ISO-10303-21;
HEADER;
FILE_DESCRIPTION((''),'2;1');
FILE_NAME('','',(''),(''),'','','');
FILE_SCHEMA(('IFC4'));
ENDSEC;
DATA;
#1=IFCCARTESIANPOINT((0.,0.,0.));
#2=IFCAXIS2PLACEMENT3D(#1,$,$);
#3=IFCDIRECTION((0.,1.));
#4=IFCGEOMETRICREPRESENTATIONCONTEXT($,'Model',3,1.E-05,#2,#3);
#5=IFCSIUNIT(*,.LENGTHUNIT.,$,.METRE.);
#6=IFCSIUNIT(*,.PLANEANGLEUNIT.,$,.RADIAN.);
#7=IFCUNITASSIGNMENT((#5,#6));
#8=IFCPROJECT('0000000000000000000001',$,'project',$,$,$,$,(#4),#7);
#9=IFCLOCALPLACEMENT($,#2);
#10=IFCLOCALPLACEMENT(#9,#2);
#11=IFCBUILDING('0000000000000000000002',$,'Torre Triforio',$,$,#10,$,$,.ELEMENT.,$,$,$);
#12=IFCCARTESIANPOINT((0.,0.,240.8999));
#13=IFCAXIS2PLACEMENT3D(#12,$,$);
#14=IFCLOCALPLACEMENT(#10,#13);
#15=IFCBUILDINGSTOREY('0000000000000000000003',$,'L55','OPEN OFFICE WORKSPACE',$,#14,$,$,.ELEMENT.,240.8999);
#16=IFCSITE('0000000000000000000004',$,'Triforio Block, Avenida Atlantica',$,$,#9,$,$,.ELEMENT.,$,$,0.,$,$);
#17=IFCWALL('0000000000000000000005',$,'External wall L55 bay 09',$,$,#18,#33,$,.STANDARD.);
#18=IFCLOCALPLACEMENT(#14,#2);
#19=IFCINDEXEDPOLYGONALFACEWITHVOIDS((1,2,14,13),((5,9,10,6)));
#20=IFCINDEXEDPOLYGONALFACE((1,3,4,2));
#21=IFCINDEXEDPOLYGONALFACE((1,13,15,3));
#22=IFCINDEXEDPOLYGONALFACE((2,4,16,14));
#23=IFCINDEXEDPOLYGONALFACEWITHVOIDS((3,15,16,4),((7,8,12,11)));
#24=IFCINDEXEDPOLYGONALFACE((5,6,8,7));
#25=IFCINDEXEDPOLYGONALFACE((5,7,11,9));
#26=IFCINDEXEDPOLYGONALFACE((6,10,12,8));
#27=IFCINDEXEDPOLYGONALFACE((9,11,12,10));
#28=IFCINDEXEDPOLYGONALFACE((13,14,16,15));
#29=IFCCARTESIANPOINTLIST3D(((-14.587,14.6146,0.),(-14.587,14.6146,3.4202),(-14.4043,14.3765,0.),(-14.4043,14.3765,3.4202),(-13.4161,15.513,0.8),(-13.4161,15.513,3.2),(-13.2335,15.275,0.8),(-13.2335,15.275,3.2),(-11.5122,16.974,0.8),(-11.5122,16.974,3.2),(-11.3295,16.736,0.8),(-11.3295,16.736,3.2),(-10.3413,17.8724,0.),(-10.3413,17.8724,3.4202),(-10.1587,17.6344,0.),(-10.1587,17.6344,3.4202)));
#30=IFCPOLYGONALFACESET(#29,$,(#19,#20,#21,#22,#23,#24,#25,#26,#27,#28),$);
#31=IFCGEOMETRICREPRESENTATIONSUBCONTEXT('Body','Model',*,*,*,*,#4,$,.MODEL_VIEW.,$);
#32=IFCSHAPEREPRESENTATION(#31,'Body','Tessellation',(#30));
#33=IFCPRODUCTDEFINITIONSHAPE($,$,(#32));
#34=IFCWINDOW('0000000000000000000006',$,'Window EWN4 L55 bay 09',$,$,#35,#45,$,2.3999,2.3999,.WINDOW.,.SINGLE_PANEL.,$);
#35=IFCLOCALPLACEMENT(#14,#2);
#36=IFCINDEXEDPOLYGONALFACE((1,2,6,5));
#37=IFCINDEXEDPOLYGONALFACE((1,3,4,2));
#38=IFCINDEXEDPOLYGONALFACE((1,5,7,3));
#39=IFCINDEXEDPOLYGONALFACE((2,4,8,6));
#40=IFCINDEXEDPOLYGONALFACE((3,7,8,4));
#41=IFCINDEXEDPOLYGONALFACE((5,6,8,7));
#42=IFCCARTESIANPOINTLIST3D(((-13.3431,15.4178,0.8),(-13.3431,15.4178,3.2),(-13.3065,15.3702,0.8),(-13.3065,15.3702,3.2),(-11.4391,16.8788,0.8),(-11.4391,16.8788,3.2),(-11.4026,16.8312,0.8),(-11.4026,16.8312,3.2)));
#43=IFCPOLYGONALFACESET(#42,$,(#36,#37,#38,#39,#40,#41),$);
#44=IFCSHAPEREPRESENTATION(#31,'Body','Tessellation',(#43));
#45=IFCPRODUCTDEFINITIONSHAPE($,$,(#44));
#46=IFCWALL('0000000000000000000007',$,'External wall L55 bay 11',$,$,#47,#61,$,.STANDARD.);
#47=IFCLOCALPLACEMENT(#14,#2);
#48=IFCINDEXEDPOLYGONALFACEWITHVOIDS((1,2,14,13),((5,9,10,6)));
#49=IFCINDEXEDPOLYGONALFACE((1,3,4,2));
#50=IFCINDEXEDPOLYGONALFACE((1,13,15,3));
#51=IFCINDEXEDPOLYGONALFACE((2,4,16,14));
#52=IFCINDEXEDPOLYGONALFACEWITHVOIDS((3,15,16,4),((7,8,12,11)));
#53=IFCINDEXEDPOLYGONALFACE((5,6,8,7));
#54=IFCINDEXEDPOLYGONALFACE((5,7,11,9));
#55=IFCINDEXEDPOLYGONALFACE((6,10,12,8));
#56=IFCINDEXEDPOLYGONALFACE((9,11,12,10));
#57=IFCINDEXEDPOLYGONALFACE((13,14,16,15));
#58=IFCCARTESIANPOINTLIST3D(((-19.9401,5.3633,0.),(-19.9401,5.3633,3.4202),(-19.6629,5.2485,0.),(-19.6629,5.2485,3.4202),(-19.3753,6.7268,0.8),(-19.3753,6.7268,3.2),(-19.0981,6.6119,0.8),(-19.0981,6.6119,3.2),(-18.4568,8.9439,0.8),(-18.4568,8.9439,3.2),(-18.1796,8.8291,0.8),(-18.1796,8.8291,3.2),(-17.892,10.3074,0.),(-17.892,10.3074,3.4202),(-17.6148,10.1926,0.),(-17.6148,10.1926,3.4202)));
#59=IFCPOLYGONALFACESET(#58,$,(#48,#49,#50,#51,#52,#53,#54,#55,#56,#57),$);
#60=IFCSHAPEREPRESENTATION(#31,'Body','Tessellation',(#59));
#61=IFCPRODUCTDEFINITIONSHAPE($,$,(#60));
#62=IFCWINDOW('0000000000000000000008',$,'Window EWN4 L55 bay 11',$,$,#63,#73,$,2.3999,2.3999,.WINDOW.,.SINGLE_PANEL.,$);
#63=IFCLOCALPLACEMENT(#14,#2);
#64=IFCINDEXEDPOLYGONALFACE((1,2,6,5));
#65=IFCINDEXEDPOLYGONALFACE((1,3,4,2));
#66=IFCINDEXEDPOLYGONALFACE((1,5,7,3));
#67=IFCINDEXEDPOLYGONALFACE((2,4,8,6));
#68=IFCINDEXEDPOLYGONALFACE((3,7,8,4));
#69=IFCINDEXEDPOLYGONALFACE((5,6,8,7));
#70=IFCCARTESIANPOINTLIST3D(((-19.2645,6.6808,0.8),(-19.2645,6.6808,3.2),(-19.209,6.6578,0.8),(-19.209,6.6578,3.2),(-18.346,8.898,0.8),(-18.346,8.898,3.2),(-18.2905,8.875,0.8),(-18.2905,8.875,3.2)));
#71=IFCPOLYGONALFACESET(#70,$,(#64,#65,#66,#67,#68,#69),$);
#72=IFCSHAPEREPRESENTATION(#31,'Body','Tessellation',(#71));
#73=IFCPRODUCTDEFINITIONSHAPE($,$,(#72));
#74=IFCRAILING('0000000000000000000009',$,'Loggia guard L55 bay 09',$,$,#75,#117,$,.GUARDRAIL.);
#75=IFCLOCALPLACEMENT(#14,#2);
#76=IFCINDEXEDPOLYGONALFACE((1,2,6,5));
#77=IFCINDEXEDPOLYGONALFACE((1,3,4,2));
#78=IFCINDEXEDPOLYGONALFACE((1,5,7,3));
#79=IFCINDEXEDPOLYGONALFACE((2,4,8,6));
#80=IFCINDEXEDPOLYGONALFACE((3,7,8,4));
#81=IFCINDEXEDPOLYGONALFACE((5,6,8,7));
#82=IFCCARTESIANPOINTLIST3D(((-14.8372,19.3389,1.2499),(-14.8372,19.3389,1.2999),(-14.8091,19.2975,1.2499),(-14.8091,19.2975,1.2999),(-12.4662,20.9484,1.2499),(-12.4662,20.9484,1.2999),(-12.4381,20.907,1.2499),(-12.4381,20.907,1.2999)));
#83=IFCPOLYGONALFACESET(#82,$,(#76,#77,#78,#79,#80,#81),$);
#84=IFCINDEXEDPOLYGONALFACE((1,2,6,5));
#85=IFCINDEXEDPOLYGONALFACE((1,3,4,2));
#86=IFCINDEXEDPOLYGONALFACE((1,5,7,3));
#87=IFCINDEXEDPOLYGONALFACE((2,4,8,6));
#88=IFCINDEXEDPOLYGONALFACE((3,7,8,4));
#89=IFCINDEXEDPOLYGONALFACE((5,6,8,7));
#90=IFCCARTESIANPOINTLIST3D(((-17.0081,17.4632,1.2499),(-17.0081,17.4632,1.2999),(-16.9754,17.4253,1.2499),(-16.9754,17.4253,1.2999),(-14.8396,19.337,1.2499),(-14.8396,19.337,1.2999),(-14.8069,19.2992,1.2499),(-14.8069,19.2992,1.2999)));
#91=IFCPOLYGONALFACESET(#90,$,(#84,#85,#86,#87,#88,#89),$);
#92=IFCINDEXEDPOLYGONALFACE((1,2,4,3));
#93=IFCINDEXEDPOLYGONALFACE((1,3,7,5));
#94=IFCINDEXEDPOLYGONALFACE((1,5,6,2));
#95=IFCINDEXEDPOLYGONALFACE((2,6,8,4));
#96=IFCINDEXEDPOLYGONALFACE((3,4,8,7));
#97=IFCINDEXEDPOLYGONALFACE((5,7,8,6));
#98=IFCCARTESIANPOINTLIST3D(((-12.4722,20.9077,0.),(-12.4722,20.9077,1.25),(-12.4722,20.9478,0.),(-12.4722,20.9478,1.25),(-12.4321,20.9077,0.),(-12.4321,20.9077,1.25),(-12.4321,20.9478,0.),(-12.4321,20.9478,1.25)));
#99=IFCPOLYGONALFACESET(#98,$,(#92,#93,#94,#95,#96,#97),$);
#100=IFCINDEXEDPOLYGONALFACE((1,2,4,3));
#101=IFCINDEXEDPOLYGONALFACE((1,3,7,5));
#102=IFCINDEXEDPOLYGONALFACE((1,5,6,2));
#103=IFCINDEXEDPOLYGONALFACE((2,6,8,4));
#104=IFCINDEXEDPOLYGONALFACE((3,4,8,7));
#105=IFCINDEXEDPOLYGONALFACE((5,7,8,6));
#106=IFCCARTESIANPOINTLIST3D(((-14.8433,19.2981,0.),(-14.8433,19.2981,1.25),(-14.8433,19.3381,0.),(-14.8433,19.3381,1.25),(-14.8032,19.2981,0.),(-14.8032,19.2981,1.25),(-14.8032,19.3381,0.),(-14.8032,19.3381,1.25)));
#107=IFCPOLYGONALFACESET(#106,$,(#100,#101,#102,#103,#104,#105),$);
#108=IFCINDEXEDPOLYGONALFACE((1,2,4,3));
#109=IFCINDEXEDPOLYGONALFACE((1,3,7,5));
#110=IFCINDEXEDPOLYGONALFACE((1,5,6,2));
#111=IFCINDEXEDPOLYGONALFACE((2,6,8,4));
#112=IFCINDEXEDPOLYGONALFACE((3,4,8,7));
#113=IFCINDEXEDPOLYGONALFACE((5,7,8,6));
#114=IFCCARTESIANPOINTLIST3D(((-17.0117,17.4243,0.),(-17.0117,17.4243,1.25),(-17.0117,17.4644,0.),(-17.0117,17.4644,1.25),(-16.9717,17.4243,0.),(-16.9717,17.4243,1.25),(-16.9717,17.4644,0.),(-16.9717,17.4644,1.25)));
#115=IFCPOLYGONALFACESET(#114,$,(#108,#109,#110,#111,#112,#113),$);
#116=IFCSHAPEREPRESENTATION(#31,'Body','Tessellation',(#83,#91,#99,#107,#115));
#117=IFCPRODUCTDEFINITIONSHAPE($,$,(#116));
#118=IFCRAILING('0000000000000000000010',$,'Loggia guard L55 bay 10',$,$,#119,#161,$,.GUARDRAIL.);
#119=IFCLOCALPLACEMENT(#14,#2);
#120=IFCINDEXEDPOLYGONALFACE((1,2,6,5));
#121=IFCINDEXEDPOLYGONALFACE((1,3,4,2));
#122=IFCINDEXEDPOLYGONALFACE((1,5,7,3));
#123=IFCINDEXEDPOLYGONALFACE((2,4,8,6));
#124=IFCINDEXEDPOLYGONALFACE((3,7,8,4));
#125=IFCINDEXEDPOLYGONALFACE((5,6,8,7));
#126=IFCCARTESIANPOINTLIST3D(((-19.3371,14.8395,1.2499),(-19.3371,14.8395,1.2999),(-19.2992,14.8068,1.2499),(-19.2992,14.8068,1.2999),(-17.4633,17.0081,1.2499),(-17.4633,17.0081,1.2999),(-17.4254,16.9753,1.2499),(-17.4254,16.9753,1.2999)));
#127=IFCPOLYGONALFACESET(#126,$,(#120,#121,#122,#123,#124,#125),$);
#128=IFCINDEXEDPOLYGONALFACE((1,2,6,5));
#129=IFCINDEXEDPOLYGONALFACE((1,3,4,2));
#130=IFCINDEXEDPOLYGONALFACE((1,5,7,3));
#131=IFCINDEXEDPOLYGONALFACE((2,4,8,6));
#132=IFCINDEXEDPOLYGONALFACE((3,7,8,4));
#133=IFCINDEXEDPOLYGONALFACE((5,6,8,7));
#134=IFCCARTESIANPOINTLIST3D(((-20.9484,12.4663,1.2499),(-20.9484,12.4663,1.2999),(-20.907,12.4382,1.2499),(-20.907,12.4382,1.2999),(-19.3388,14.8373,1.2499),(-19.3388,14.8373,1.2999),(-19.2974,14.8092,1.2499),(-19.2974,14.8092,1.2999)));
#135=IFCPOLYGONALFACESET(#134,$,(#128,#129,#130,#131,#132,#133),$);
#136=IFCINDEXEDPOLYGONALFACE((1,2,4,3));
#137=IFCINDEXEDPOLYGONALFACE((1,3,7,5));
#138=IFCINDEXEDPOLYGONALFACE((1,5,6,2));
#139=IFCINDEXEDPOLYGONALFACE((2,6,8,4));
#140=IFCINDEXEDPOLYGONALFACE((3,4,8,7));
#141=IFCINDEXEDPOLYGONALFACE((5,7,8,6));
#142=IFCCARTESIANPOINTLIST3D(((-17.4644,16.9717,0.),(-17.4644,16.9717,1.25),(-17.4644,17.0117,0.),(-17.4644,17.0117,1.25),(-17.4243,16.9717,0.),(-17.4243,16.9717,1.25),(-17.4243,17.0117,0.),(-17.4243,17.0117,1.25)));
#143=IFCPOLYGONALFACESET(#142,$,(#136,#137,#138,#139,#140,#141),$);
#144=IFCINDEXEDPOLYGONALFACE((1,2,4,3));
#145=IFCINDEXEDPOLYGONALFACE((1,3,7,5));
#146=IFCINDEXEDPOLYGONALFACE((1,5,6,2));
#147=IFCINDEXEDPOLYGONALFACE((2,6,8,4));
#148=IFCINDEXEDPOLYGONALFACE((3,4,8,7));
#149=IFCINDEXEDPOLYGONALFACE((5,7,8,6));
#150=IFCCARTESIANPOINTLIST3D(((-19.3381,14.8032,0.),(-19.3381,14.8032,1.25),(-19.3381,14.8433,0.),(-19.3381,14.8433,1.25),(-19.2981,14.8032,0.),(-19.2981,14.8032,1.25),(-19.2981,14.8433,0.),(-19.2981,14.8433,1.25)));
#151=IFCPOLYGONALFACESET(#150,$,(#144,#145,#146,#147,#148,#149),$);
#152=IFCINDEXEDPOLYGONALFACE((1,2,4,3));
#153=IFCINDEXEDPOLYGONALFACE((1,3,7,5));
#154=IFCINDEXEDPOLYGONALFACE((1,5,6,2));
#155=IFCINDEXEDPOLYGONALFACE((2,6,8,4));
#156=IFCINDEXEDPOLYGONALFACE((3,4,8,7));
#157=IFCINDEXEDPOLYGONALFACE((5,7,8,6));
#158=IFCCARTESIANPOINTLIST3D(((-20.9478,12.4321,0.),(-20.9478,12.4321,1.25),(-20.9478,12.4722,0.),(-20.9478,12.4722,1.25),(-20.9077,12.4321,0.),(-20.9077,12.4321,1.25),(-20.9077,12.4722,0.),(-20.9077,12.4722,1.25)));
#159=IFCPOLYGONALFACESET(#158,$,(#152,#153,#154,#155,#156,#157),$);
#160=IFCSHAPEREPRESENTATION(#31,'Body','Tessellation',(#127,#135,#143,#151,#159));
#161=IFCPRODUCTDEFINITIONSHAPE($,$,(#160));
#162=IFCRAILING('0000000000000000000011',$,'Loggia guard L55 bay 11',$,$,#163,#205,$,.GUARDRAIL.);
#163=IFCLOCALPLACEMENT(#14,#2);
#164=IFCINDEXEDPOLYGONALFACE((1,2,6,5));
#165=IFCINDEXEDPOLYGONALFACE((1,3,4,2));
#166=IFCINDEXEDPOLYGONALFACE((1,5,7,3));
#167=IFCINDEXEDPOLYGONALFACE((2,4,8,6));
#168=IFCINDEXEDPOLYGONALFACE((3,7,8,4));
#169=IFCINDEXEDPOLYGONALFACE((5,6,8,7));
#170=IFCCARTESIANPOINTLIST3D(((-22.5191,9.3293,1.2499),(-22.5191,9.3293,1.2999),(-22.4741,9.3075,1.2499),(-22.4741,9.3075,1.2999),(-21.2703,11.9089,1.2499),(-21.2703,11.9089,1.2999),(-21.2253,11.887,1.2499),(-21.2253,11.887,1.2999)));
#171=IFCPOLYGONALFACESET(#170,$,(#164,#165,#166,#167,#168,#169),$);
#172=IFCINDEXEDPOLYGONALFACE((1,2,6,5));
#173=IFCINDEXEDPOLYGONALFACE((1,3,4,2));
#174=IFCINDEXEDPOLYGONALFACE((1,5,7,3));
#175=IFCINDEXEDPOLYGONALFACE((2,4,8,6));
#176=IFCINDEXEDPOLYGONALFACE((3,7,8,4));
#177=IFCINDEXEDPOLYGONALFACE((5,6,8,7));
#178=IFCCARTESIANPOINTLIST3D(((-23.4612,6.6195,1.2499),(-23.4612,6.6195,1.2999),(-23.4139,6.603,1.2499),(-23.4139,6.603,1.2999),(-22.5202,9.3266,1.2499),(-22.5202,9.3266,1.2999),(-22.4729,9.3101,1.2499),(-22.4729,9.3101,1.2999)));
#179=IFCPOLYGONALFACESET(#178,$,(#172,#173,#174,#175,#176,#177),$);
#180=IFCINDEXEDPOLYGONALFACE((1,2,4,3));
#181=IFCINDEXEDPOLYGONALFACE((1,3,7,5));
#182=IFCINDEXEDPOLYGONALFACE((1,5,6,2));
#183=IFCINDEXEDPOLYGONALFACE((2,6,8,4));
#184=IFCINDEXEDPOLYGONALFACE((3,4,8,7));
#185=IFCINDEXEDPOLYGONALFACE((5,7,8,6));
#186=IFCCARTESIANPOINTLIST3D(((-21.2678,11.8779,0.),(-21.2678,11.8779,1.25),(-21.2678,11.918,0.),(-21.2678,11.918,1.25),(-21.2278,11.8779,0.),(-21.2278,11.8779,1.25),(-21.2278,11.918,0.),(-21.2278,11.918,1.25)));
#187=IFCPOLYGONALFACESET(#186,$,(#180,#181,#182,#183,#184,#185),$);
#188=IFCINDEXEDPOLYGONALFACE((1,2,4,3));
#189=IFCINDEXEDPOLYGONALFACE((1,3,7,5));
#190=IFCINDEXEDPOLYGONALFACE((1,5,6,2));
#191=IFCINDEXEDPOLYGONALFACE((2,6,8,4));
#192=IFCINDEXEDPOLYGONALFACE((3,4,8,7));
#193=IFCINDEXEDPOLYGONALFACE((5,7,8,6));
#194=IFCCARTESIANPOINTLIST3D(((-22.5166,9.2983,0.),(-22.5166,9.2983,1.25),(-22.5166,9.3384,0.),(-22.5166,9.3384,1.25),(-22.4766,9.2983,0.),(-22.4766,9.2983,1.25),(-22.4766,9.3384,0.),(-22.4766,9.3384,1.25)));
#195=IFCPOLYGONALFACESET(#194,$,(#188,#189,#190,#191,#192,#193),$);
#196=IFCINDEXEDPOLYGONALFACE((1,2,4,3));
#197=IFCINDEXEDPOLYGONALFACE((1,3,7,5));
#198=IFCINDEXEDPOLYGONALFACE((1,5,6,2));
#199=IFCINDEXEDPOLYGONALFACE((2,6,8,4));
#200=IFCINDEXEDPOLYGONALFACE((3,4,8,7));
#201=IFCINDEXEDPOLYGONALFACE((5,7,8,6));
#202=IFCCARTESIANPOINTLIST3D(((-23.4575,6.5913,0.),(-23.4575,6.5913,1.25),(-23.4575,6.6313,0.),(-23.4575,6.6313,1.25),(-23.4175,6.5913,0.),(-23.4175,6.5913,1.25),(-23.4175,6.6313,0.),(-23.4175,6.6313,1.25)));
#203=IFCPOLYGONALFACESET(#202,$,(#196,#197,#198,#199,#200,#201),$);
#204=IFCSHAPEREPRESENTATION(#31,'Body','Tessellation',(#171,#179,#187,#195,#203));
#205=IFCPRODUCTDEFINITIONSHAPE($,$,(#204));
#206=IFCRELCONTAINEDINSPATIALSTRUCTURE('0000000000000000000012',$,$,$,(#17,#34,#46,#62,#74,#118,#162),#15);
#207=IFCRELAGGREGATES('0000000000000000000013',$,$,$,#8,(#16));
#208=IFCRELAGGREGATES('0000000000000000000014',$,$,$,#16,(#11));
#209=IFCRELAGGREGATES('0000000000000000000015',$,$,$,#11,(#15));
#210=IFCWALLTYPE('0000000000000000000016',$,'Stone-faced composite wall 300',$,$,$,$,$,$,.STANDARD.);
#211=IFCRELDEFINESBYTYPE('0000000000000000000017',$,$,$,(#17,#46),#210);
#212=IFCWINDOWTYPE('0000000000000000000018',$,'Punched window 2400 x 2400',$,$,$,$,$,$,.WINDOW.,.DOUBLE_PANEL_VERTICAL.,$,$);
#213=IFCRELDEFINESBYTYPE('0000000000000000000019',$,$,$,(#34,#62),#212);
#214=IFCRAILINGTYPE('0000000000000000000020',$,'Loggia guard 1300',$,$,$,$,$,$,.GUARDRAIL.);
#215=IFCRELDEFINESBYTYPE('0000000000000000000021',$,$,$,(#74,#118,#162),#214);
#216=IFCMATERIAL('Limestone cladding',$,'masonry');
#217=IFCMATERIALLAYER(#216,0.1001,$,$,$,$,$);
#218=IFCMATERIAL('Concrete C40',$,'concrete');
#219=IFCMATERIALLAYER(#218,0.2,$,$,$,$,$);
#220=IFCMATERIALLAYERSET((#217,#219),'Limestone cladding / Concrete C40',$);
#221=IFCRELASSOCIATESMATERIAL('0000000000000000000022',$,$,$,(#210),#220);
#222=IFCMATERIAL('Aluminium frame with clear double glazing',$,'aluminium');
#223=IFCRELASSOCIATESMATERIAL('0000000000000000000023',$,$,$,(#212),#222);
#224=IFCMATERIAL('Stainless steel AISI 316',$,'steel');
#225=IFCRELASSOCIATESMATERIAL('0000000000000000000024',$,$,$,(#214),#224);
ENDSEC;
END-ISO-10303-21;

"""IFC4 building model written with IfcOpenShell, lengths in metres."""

from ifc_helpers import new_model, si_unit, direction, frame, frame_2d, origin, origin_2d, place, context, subcontext, project, spatial, rectangle, extrude, material, layer, layer_set, type_object, element, fill, save


model = new_model("IFC4")

# Units and contexts
model_context = context("Model", 3, precision=1e-05, world=origin(), true_north=direction((0.0, 1.0)))
body_context = subcontext(model_context, "Body", "Model", "MODEL_VIEW")
ifc_project = project(units=[si_unit("LENGTHUNIT", "METRE"), si_unit("PLANEANGLEUNIT", "RADIAN")], contexts=[model_context])

# Site, building, storey
site_placement = place(None, origin())
site = spatial("IfcSite", under=ifc_project, at=site_placement, Name="Triforio Block, Avenida Atlantica", CompositionType="ELEMENT", RefElevation=0.0)
building_placement = place(site_placement, origin())
building = spatial("IfcBuilding", under=site, at=building_placement, Name="Torre Triforio", CompositionType="ELEMENT")
storey_placement = place(building_placement, frame((0.0, 0.0, 240.8999)))
storey = spatial("IfcBuildingStorey", under=building, at=storey_placement, Name="L55", Description="OPEN OFFICE WORKSPACE", CompositionType="ELEMENT", Elevation=240.8999)

# Shared definitions
ifc_material_1 = material(Name="Concrete C40", Category="concrete")

# Shared definitions
ifc_material_2 = material(Name="Limestone cladding", Category="masonry")

# Wall, opening, window
ifc_layer_1 = layer(ifc_material_2, 0.1001)
ifc_layer_2 = layer(ifc_material_1, 0.2)
ifc_layer_set_1 = layer_set([ifc_layer_1, ifc_layer_2], Name="Limestone cladding / Concrete C40")
wall_type_1 = type_object("IfcWallType", Name="Stone-faced composite wall 300", PredefinedType="STANDARD", material=ifc_layer_set_1)
wall_1_placement = place(storey_placement, frame((-10.25, 17.7534, 0.0), z_axis=(0.0, 0.0, 1.0), x_axis=(-0.793349, -0.608767, 0.0)))
wall_1 = element("IfcWall", 1, at=wall_1_placement, inside=storey, type_object=wall_type_1, Name="External wall L55 bay 09", PredefinedType="STANDARD", context=body_context, shape_type="SweptSolid", body=[
    extrude(rectangle(XDim=5.3516, YDim=0.3, at=frame_2d((2.6758, 0.0))), origin(), (0.0, 0.0, 1.0), 3.4202),
])
opening_1_placement = place(wall_1_placement, frame((1.4758, 0.0, 0.8)))
opening_1 = element("IfcOpeningElement", 2, at=opening_1_placement, cuts=wall_1, PredefinedType="OPENING", context=body_context, shape_type="SweptSolid", body=[
    extrude(rectangle(XDim=2.3999, YDim=2.3999, at=frame_2d((1.2, 1.2))), frame((0.0, 0.1599, 0.0), z_axis=(0.0, -1.0, 0.0), x_axis=(1.0, 0.0, 0.0)), (0.0, 0.0, 1.0), 0.3201),
])
ifc_material_3 = material(Name="Aluminium frame with clear double glazing", Category="aluminium")
window_type_1 = type_object("IfcWindowType", Name="Punched window 2400 x 2400", PartitioningType="DOUBLE_PANEL_VERTICAL", PredefinedType="WINDOW", material=ifc_material_3)
window_1_placement = place(opening_1_placement, origin())
window_1 = element("IfcWindow", 3, at=window_1_placement, inside=storey, type_object=window_type_1, Name="Window EWN4 L55 bay 09", OverallHeight=2.3999, OverallWidth=2.3999, PartitioningType="SINGLE_PANEL", PredefinedType="WINDOW", context=body_context, shape_type="SweptSolid", body=[
    extrude(rectangle(XDim=2.3999, YDim=2.3999, at=frame_2d((1.2, 1.2))), frame((0.0, 0.03, 0.0), z_axis=(0.0, -1.0, 0.0), x_axis=(1.0, 0.0, 0.0)), (0.0, 0.0, 1.0), 0.0601),
])
fill(opening_1, window_1)

# Wall, opening, window
wall_2_placement = place(storey_placement, frame((-17.7534, 10.25, 0.0), z_axis=(0.0, 0.0, 1.0), x_axis=(-0.382713, -0.923867, 0.0)))
wall_2 = element("IfcWall", 4, at=wall_2_placement, inside=storey, type_object=wall_type_1, Name="External wall L55 bay 11", PredefinedType="STANDARD", context=body_context, shape_type="SweptSolid", body=[
    extrude(rectangle(XDim=5.3516, YDim=0.3, at=frame_2d((2.6758, 0.0))), origin(), (0.0, 0.0, 1.0), 3.4202),
])
opening_2_placement = place(wall_2_placement, frame((1.4758, 0.0, 0.8)))
opening_2 = element("IfcOpeningElement", 5, at=opening_2_placement, cuts=wall_2, PredefinedType="OPENING", context=body_context, shape_type="SweptSolid", body=[
    extrude(rectangle(XDim=2.3999, YDim=2.3999, at=frame_2d((1.2, 1.2))), frame((0.0, 0.1599, 0.0), z_axis=(0.0, -1.0, 0.0), x_axis=(1.0, 0.0, 0.0)), (0.0, 0.0, 1.0), 0.3201),
])
window_2_placement = place(opening_2_placement, origin())
window_2 = element("IfcWindow", 6, at=window_2_placement, inside=storey, type_object=window_type_1, Name="Window EWN4 L55 bay 11", OverallHeight=2.3999, OverallWidth=2.3999, PartitioningType="SINGLE_PANEL", PredefinedType="WINDOW", context=body_context, shape_type="SweptSolid", body=[
    extrude(rectangle(XDim=2.3999, YDim=2.3999, at=frame_2d((1.2, 1.2))), frame((0.0, 0.03, 0.0), z_axis=(0.0, -1.0, 0.0), x_axis=(1.0, 0.0, 0.0)), (0.0, 0.0, 1.0), 0.0601),
])
fill(opening_2, window_2)

# Railings
ifc_material_4 = material(Name="Stainless steel AISI 316", Category="steel")
railing_type = type_object("IfcRailingType", Name="Loggia guard 1300", PredefinedType="GUARDRAIL", material=ifc_material_4)
railing_1_placement = place(storey_placement, frame((-12.4521, 20.9277, 0.0)))
element("IfcRailing", 7, at=railing_1_placement, inside=storey, type_object=railing_type, Name="Loggia guard L55 bay 09", PredefinedType="GUARDRAIL", context=body_context, shape_type="SweptSolid", body=[
    extrude(rectangle(XDim=0.05, YDim=0.05, at=origin_2d()), frame((0.0, 0.0, 1.2749), z_axis=(-0.827368, -0.56166, 0.0), x_axis=(0.56166, -0.827368, 0.0)), (0.0, 0.0, 1.0), 2.8657),
    extrude(rectangle(XDim=0.05, YDim=0.05, at=origin_2d()), frame((-2.3711, -1.6096, 1.2749), z_axis=(-0.756647, -0.653824, 0.0), x_axis=(0.653824, -0.756647, 0.0)), (0.0, 0.0, 1.0), 2.866),
    extrude(rectangle(XDim=0.04, YDim=0.04, at=origin_2d()), origin(), (0.0, 0.0, 1.0), 1.25),
    extrude(rectangle(XDim=0.04, YDim=0.04, at=origin_2d()), frame((-2.3711, -1.6096, 0.0)), (0.0, 0.0, 1.0), 1.25),
    extrude(rectangle(XDim=0.04, YDim=0.04, at=origin_2d()), frame((-4.5396, -3.4834, 0.0)), (0.0, 0.0, 1.0), 1.25),
])
railing_2_placement = place(storey_placement, frame((-17.4443, 16.9917, 0.0)))
element("IfcRailing", 8, at=railing_2_placement, inside=storey, type_object=railing_type, Name="Loggia guard L55 bay 10", PredefinedType="GUARDRAIL", context=body_context, shape_type="SweptSolid", body=[
    extrude(rectangle(XDim=0.05, YDim=0.05, at=origin_2d()), frame((0.0, 0.0, 1.2749), z_axis=(-0.653824, -0.756647, 0.0), x_axis=(0.756647, -0.653824, 0.0)), (0.0, 0.0, 1.0), 2.866),
    extrude(rectangle(XDim=0.05, YDim=0.05, at=origin_2d()), frame((-1.8738, -2.1685, 1.2749), z_axis=(-0.56166, -0.827368, 0.0), x_axis=(0.827368, -0.56166, 0.0)), (0.0, 0.0, 1.0), 2.8657),
    extrude(rectangle(XDim=0.04, YDim=0.04, at=origin_2d()), origin(), (0.0, 0.0, 1.0), 1.25),
    extrude(rectangle(XDim=0.04, YDim=0.04, at=origin_2d()), frame((-1.8738, -2.1685, 0.0)), (0.0, 0.0, 1.0), 1.25),
    extrude(rectangle(XDim=0.04, YDim=0.04, at=origin_2d()), frame((-3.4834, -4.5396, 0.0)), (0.0, 0.0, 1.0), 1.25),
])
railing_3_placement = place(storey_placement, frame((-21.2478, 11.8979, 0.0)))
element("IfcRailing", 9, at=railing_3_placement, inside=storey, type_object=railing_type, Name="Loggia guard L55 bay 11", PredefinedType="GUARDRAIL", context=body_context, shape_type="SweptSolid", body=[
    extrude(rectangle(XDim=0.05, YDim=0.05, at=origin_2d()), frame((0.0, 0.0, 1.2749), z_axis=(-0.435728, -0.900078, 0.0), x_axis=(0.900078, -0.435728, 0.0)), (0.0, 0.0, 1.0), 2.866),
    extrude(rectangle(XDim=0.05, YDim=0.05, at=origin_2d()), frame((-1.2488, -2.5796, 1.2749), z_axis=(-0.328316, -0.944568, 0.0), x_axis=(0.944568, -0.328316, 0.0)), (0.0, 0.0, 1.0), 2.866),
    extrude(rectangle(XDim=0.04, YDim=0.04, at=origin_2d()), origin(), (0.0, 0.0, 1.0), 1.25),
    extrude(rectangle(XDim=0.04, YDim=0.04, at=origin_2d()), frame((-1.2488, -2.5796, 0.0)), (0.0, 0.0, 1.0), 1.25),
    extrude(rectangle(XDim=0.04, YDim=0.04, at=origin_2d()), frame((-2.1897, -5.2866, 0.0)), (0.0, 0.0, 1.0), 1.25),
])

save(model, "model.ifc")
